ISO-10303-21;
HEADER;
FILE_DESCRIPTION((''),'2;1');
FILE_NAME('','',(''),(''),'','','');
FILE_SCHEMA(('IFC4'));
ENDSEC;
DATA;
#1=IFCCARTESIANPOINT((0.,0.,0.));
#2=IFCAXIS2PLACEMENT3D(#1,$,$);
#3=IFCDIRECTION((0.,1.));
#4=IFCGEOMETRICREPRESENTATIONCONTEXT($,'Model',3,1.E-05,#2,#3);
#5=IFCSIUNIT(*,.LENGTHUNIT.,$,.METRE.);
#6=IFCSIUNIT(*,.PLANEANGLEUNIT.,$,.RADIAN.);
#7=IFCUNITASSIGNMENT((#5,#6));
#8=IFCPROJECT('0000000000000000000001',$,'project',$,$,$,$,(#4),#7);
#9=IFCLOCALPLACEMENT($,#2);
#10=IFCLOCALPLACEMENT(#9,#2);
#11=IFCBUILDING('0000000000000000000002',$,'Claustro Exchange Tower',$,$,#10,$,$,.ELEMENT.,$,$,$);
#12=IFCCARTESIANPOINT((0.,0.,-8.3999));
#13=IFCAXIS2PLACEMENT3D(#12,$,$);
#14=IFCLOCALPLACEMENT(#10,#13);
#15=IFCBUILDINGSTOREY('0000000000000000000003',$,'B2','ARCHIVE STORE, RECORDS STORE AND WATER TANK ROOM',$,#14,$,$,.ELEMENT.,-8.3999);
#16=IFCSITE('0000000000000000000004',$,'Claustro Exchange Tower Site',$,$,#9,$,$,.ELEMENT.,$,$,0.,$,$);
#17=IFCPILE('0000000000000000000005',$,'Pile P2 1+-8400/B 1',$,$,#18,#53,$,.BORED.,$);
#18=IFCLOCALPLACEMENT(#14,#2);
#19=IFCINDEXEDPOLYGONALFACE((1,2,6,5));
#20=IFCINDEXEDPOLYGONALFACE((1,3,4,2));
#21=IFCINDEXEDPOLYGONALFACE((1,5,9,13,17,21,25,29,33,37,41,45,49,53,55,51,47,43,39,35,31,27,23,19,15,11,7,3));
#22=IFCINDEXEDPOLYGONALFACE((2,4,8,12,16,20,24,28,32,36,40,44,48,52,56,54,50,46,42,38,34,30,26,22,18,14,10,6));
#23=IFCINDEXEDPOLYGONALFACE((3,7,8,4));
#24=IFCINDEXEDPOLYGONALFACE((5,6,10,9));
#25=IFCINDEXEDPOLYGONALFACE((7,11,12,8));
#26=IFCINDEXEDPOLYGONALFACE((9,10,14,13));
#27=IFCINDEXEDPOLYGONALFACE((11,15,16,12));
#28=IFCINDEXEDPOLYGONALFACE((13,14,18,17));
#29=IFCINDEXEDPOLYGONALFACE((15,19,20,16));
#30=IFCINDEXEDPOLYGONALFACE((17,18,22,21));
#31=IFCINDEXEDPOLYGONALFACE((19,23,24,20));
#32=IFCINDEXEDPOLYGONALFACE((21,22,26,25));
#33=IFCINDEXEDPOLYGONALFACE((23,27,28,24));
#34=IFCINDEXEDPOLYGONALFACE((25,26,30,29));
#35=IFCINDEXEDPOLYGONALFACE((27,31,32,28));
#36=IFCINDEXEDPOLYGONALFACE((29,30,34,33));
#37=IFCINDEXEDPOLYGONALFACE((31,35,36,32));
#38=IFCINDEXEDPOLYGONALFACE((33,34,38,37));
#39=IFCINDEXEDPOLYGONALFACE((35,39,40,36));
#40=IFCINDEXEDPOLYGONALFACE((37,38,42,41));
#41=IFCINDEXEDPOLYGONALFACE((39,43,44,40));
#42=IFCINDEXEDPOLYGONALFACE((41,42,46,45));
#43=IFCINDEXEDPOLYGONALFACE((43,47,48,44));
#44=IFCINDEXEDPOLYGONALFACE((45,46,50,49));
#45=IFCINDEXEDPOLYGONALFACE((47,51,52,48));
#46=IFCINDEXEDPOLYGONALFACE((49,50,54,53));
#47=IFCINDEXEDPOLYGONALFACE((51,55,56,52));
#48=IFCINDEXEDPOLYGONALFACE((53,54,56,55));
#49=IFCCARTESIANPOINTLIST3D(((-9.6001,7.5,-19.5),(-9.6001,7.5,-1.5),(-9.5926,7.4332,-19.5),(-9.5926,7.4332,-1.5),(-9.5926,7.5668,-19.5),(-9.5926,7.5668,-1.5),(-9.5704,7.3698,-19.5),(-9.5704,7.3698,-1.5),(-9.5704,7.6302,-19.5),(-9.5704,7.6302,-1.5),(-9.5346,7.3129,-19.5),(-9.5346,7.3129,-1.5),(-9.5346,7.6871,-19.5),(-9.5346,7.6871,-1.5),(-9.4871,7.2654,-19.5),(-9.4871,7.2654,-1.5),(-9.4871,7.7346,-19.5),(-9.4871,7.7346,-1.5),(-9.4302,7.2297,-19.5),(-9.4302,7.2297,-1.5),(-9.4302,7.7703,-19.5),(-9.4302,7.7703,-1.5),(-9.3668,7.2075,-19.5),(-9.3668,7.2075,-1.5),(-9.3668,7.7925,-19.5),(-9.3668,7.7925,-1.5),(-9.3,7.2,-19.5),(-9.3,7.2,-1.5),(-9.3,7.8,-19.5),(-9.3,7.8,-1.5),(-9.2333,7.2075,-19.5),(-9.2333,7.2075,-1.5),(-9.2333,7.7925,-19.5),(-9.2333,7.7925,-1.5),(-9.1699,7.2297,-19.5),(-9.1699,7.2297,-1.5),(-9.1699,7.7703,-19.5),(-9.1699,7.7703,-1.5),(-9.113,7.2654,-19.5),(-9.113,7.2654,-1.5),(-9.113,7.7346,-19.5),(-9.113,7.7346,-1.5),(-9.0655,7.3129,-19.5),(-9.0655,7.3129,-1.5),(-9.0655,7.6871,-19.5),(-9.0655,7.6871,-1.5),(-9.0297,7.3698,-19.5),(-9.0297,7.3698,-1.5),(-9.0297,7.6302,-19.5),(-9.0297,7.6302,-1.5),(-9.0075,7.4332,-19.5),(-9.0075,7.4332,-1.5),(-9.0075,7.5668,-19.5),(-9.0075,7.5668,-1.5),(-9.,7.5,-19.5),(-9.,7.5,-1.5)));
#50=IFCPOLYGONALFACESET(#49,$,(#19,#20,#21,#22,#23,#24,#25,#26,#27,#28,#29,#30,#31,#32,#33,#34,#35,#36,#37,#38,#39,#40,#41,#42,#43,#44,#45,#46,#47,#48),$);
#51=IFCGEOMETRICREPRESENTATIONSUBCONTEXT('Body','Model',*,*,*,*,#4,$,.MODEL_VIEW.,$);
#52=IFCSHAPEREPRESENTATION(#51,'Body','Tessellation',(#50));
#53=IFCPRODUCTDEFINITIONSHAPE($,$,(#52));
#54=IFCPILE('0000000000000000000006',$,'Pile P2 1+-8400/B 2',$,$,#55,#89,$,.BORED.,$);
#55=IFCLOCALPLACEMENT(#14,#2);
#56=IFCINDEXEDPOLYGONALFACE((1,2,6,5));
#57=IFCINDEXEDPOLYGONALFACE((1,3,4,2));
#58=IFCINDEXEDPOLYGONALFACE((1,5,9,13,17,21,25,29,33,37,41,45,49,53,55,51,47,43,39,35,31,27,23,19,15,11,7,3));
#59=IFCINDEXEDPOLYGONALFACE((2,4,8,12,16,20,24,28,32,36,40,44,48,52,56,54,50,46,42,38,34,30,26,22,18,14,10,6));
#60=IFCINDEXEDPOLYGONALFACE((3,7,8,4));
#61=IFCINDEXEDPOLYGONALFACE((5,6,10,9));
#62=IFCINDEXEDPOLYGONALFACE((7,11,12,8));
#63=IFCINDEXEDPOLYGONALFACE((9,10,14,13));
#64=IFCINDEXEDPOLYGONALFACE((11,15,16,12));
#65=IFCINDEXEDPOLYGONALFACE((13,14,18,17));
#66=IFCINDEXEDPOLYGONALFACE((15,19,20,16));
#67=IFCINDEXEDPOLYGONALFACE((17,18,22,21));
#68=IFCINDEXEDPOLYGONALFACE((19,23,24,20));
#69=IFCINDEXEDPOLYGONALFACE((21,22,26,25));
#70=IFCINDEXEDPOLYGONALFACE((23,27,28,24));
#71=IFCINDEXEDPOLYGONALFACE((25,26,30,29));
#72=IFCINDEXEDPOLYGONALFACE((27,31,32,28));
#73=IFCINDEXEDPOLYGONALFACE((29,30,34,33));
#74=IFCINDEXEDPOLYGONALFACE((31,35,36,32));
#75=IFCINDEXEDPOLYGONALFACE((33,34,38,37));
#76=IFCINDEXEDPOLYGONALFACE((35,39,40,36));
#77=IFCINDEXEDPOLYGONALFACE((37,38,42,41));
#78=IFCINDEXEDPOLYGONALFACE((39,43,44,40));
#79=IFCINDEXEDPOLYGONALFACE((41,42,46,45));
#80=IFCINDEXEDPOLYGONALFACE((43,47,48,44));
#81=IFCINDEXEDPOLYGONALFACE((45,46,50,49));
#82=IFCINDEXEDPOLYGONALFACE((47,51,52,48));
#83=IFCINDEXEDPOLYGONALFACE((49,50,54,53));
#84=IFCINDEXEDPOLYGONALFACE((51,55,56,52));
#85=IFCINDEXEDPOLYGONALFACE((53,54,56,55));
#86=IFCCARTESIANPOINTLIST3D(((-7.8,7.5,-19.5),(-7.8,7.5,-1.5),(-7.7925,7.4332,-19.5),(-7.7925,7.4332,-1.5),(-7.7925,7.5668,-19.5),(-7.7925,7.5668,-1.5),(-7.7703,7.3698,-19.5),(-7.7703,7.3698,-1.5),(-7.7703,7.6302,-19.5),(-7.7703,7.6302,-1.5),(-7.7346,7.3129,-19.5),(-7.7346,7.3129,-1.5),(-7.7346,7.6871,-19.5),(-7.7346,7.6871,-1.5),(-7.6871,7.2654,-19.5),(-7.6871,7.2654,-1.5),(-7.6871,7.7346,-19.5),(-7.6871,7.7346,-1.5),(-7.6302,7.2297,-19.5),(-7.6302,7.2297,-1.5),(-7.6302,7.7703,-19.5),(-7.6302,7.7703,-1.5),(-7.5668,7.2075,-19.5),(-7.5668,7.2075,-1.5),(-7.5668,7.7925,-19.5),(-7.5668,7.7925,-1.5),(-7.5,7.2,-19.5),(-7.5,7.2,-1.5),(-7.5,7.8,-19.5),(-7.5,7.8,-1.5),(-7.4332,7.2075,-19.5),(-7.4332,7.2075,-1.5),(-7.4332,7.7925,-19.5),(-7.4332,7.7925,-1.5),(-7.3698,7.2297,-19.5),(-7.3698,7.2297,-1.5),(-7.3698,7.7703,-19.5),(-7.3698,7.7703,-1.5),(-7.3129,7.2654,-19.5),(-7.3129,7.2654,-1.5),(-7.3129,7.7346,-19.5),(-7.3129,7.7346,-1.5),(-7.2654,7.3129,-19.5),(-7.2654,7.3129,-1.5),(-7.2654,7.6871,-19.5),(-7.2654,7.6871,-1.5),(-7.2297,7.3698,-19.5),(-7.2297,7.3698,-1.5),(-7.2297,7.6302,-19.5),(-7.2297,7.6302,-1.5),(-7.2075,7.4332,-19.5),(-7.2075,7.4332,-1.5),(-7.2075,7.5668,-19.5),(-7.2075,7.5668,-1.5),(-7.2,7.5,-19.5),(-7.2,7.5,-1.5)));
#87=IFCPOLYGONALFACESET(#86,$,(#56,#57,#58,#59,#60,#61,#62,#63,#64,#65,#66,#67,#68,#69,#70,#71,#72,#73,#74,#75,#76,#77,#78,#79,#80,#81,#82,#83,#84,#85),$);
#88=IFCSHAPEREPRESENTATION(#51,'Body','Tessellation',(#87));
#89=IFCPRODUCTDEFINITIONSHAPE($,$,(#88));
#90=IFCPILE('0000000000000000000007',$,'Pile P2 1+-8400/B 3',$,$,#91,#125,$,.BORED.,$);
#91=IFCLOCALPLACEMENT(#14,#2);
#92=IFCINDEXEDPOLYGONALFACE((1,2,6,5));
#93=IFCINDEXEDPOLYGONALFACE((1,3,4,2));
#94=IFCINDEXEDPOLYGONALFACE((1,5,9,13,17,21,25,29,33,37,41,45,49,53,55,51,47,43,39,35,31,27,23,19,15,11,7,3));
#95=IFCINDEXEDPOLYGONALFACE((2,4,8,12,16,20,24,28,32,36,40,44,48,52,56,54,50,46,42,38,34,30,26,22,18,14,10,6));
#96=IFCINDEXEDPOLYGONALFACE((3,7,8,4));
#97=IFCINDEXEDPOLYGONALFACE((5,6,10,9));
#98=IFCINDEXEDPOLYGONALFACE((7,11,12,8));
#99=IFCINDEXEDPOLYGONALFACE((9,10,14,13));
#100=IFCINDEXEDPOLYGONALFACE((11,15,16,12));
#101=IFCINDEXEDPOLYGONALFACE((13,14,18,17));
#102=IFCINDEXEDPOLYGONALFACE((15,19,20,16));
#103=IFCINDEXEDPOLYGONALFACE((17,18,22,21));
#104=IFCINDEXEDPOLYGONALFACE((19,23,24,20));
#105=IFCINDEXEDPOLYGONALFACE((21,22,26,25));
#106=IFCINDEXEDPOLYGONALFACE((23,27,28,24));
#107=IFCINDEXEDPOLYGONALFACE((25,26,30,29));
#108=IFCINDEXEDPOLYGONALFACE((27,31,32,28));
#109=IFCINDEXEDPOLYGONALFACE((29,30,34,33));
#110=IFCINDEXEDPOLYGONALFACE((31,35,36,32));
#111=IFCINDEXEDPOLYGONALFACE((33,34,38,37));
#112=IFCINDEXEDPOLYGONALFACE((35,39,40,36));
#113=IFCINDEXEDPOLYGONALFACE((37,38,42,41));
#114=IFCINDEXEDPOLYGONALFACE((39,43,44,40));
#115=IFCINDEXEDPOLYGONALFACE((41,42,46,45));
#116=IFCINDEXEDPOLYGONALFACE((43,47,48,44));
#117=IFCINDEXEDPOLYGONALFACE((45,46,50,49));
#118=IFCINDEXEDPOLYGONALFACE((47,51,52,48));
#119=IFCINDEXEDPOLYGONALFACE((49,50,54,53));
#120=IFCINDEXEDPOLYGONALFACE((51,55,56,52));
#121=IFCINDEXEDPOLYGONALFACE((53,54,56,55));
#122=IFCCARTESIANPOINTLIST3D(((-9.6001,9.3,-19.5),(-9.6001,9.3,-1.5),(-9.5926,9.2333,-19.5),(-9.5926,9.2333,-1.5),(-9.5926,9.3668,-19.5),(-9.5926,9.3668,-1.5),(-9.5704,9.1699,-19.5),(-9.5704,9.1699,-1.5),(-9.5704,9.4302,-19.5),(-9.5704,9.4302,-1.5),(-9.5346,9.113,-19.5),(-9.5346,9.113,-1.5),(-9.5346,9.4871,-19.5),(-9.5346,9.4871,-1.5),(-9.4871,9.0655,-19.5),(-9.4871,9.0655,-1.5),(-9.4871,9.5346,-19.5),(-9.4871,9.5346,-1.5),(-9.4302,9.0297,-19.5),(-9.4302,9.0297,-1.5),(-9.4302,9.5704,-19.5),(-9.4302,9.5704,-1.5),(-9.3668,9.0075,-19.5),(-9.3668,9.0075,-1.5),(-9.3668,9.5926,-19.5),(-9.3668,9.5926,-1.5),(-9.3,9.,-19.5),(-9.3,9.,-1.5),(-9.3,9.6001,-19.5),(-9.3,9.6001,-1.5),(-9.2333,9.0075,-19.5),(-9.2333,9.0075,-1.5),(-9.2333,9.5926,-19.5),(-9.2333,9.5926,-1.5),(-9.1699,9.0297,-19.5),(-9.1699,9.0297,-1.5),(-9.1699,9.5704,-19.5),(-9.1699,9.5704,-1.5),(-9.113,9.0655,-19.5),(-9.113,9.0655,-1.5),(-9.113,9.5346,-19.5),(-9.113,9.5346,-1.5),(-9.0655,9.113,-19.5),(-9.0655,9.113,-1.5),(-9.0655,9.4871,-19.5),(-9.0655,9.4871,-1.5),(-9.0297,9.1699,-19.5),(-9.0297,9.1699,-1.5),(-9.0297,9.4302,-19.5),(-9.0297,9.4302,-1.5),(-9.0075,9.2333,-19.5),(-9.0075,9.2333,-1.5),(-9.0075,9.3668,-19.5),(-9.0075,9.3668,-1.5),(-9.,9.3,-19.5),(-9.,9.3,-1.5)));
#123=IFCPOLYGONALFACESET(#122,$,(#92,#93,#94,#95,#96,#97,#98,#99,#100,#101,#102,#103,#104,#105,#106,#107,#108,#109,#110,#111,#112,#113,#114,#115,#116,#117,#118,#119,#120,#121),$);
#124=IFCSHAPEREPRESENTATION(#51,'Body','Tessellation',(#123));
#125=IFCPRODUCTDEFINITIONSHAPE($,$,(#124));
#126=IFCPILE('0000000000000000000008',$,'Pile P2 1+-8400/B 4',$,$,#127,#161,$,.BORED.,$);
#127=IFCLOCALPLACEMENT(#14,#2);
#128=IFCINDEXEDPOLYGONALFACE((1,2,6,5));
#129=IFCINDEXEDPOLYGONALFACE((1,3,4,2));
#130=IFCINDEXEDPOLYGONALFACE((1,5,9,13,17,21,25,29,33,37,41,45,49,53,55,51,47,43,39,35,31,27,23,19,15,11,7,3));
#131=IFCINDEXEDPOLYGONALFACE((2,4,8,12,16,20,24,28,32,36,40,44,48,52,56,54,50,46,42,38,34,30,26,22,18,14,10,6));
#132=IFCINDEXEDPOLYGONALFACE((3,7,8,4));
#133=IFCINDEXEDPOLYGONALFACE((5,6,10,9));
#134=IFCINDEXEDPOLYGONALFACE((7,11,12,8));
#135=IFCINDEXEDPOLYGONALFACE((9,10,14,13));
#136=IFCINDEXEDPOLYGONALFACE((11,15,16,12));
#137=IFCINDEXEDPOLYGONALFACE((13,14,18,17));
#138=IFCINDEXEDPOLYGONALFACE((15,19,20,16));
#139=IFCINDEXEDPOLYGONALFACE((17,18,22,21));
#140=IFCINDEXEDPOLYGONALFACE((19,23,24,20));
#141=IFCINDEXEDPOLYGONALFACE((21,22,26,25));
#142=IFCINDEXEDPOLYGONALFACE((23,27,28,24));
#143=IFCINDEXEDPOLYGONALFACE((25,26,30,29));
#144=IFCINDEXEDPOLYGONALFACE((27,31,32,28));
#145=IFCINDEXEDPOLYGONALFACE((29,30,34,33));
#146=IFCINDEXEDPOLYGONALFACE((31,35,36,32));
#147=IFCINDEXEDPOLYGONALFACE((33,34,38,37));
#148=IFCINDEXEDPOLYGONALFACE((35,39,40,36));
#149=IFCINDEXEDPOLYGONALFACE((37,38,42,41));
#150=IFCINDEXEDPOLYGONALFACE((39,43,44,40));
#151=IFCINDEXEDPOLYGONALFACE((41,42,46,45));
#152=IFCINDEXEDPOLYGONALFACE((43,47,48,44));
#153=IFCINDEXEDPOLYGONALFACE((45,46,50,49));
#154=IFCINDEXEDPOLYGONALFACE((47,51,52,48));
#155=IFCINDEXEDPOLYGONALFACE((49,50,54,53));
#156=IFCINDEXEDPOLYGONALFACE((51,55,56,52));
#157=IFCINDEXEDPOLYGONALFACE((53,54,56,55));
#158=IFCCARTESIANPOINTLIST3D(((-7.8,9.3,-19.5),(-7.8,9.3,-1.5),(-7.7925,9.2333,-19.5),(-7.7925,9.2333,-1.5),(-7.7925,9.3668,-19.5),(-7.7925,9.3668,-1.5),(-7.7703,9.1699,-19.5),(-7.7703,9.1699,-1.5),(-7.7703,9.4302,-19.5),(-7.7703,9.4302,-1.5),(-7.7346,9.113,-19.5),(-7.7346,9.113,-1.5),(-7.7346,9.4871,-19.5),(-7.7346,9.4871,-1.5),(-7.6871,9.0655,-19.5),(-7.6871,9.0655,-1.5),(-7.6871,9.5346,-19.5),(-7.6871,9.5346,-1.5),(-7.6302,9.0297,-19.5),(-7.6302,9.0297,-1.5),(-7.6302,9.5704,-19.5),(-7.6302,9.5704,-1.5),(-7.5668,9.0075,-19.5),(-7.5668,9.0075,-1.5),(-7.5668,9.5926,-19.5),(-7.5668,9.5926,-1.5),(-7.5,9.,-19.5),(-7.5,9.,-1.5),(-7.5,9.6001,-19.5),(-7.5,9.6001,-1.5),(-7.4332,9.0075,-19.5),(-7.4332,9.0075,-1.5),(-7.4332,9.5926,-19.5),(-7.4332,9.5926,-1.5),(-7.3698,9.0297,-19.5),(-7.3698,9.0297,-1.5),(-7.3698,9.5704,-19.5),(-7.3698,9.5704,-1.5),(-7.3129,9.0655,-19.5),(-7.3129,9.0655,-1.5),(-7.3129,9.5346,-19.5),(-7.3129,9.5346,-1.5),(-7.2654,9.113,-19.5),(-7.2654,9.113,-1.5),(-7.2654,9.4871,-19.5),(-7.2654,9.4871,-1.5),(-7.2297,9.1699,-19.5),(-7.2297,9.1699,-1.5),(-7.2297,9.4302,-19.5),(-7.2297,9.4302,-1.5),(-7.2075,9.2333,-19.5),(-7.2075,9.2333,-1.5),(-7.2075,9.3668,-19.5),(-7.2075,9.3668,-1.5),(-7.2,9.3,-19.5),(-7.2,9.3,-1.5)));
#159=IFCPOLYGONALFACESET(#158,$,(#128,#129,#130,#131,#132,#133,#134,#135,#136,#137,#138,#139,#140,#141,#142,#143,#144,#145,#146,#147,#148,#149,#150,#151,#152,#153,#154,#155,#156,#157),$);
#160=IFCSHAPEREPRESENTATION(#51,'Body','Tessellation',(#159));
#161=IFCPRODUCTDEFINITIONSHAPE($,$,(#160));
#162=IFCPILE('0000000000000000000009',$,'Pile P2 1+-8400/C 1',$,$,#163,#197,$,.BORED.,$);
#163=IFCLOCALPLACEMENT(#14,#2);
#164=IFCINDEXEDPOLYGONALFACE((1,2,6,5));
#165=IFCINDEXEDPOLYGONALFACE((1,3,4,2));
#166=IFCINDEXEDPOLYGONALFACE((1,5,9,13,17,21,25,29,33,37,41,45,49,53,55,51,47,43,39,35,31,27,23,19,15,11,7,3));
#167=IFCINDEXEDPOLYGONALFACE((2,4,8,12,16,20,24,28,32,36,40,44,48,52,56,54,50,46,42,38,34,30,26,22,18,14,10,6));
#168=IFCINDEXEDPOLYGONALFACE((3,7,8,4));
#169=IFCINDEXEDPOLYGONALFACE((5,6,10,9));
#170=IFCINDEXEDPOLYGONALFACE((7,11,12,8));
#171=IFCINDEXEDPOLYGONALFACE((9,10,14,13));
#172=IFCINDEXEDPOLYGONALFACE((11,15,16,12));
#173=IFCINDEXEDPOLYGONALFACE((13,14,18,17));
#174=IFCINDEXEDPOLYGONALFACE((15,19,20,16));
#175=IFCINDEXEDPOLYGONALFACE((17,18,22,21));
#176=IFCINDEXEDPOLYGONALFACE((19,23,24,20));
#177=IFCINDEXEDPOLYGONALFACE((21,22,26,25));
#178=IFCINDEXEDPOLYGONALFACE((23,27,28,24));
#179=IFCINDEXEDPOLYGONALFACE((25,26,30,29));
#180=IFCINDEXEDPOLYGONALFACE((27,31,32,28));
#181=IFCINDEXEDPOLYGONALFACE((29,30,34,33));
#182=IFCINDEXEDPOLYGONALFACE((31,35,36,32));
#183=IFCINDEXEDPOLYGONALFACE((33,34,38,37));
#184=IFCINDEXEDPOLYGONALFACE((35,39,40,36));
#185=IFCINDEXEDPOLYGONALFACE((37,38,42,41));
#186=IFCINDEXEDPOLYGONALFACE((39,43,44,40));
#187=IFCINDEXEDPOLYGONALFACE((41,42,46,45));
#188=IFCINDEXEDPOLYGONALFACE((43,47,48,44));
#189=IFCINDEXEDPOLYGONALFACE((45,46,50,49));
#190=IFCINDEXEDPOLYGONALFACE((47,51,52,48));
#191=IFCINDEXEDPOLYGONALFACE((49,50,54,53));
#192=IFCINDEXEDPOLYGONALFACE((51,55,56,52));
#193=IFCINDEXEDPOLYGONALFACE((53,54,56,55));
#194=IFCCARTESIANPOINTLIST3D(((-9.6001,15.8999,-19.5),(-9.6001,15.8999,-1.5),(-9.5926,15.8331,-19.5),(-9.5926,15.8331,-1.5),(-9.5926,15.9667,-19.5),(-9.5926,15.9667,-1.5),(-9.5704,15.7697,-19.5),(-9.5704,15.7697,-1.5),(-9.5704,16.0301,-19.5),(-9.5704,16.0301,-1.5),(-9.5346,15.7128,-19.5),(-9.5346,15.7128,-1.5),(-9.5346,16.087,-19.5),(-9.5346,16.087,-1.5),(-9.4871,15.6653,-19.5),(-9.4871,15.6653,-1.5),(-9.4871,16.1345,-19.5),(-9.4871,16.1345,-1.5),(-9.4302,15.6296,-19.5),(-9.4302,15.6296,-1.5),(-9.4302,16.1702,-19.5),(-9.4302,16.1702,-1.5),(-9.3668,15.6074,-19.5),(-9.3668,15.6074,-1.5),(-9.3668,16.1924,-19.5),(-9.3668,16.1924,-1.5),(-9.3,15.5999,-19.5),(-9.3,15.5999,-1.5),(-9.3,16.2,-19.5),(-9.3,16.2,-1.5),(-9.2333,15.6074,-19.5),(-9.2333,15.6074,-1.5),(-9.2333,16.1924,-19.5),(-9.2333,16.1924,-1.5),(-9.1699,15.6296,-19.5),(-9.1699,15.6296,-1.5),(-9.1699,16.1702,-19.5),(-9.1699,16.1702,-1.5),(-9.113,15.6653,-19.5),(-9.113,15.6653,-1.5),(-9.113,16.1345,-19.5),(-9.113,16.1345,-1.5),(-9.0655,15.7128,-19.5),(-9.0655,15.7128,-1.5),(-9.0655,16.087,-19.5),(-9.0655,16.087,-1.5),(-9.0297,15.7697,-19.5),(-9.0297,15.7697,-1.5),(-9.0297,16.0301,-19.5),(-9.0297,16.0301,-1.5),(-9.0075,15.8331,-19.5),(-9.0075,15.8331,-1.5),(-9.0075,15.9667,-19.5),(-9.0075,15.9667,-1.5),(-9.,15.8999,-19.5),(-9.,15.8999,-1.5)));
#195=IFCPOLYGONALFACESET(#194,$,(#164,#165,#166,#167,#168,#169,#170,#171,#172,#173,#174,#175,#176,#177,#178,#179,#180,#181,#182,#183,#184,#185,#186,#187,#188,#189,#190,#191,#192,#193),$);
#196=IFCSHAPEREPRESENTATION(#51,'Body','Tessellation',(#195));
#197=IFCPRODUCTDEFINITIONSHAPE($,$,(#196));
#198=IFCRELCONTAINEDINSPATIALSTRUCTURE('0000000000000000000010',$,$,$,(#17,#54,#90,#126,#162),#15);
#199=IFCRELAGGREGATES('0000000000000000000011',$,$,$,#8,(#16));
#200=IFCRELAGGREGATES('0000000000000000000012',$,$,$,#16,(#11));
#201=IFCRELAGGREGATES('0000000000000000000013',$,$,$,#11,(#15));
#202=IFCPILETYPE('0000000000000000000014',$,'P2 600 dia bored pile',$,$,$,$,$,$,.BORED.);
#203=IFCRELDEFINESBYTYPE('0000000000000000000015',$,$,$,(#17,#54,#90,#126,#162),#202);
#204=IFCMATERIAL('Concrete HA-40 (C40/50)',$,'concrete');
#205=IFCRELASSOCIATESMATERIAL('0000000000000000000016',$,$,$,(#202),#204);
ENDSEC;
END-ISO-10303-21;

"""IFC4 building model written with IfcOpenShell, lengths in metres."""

from ifc_helpers import new_model, si_unit, direction, frame, origin, origin_2d, place, context, subcontext, project, spatial, circle, extrude, material, type_object, element, save


model = new_model("IFC4")

# Units and contexts
model_context = context("Model", 3, precision=1e-05, world=origin(), true_north=direction((0.0, 1.0)))
body_context = subcontext(model_context, "Body", "Model", "MODEL_VIEW")
ifc_project = project(units=[si_unit("LENGTHUNIT", "METRE"), si_unit("PLANEANGLEUNIT", "RADIAN")], contexts=[model_context])

# Site, building, storey
site_placement = place(None, origin())
site = spatial("IfcSite", under=ifc_project, at=site_placement, Name="Claustro Exchange Tower Site", CompositionType="ELEMENT", RefElevation=0.0)
building_placement = place(site_placement, origin())
building = spatial("IfcBuilding", under=site, at=building_placement, Name="Claustro Exchange Tower", CompositionType="ELEMENT")
storey_placement = place(building_placement, frame((0.0, 0.0, -8.3999)))
storey = spatial("IfcBuildingStorey", under=building, at=storey_placement, Name="B2", Description="ARCHIVE STORE, RECORDS STORE AND WATER TANK ROOM", CompositionType="ELEMENT", Elevation=-8.3999)

# Piles
ifc_material_1 = material(Name="Concrete HA-40 (C40/50)", Category="concrete")
pile_type_1 = type_object("IfcPileType", Name="P2 600 dia bored pile", PredefinedType="BORED", material=ifc_material_1)
for number, where, z_axis, x_axis, name in (
    (1, (-9.3, 7.5, -1.5), (0.0, 0.0, -1.0), (1.0, 0.0, 0.0), "Pile P2 1+-8400/B 1"),
    (2, (-7.5, 7.5, -1.5), (0.0, 0.0, -1.0), (1.0, 0.0, 0.0), "Pile P2 1+-8400/B 2"),
    (3, (-9.3, 9.3, -1.5), (0.0, 0.0, -1.0), (1.0, 0.0, 0.0), "Pile P2 1+-8400/B 3"),
    (4, (-7.5, 9.3, -1.5), (0.0, 0.0, -1.0), (1.0, 0.0, 0.0), "Pile P2 1+-8400/B 4"),
    (5, (-9.3, 15.8999, -1.5), (0.0, 0.0, -1.0), (1.0, 0.0, 0.0), "Pile P2 1+-8400/C 1"),
):
    element("IfcPile", number, at=place(storey_placement, frame(where, z_axis=z_axis, x_axis=x_axis)), inside=storey, type_object=pile_type_1, Name=name, PredefinedType="BORED", context=body_context, shape_type="SweptSolid", body=[
        extrude(circle(Radius=0.3, at=origin_2d()), origin(), (0.0, 0.0, 1.0), 18.0),
    ])

save(model, "model.ifc")
